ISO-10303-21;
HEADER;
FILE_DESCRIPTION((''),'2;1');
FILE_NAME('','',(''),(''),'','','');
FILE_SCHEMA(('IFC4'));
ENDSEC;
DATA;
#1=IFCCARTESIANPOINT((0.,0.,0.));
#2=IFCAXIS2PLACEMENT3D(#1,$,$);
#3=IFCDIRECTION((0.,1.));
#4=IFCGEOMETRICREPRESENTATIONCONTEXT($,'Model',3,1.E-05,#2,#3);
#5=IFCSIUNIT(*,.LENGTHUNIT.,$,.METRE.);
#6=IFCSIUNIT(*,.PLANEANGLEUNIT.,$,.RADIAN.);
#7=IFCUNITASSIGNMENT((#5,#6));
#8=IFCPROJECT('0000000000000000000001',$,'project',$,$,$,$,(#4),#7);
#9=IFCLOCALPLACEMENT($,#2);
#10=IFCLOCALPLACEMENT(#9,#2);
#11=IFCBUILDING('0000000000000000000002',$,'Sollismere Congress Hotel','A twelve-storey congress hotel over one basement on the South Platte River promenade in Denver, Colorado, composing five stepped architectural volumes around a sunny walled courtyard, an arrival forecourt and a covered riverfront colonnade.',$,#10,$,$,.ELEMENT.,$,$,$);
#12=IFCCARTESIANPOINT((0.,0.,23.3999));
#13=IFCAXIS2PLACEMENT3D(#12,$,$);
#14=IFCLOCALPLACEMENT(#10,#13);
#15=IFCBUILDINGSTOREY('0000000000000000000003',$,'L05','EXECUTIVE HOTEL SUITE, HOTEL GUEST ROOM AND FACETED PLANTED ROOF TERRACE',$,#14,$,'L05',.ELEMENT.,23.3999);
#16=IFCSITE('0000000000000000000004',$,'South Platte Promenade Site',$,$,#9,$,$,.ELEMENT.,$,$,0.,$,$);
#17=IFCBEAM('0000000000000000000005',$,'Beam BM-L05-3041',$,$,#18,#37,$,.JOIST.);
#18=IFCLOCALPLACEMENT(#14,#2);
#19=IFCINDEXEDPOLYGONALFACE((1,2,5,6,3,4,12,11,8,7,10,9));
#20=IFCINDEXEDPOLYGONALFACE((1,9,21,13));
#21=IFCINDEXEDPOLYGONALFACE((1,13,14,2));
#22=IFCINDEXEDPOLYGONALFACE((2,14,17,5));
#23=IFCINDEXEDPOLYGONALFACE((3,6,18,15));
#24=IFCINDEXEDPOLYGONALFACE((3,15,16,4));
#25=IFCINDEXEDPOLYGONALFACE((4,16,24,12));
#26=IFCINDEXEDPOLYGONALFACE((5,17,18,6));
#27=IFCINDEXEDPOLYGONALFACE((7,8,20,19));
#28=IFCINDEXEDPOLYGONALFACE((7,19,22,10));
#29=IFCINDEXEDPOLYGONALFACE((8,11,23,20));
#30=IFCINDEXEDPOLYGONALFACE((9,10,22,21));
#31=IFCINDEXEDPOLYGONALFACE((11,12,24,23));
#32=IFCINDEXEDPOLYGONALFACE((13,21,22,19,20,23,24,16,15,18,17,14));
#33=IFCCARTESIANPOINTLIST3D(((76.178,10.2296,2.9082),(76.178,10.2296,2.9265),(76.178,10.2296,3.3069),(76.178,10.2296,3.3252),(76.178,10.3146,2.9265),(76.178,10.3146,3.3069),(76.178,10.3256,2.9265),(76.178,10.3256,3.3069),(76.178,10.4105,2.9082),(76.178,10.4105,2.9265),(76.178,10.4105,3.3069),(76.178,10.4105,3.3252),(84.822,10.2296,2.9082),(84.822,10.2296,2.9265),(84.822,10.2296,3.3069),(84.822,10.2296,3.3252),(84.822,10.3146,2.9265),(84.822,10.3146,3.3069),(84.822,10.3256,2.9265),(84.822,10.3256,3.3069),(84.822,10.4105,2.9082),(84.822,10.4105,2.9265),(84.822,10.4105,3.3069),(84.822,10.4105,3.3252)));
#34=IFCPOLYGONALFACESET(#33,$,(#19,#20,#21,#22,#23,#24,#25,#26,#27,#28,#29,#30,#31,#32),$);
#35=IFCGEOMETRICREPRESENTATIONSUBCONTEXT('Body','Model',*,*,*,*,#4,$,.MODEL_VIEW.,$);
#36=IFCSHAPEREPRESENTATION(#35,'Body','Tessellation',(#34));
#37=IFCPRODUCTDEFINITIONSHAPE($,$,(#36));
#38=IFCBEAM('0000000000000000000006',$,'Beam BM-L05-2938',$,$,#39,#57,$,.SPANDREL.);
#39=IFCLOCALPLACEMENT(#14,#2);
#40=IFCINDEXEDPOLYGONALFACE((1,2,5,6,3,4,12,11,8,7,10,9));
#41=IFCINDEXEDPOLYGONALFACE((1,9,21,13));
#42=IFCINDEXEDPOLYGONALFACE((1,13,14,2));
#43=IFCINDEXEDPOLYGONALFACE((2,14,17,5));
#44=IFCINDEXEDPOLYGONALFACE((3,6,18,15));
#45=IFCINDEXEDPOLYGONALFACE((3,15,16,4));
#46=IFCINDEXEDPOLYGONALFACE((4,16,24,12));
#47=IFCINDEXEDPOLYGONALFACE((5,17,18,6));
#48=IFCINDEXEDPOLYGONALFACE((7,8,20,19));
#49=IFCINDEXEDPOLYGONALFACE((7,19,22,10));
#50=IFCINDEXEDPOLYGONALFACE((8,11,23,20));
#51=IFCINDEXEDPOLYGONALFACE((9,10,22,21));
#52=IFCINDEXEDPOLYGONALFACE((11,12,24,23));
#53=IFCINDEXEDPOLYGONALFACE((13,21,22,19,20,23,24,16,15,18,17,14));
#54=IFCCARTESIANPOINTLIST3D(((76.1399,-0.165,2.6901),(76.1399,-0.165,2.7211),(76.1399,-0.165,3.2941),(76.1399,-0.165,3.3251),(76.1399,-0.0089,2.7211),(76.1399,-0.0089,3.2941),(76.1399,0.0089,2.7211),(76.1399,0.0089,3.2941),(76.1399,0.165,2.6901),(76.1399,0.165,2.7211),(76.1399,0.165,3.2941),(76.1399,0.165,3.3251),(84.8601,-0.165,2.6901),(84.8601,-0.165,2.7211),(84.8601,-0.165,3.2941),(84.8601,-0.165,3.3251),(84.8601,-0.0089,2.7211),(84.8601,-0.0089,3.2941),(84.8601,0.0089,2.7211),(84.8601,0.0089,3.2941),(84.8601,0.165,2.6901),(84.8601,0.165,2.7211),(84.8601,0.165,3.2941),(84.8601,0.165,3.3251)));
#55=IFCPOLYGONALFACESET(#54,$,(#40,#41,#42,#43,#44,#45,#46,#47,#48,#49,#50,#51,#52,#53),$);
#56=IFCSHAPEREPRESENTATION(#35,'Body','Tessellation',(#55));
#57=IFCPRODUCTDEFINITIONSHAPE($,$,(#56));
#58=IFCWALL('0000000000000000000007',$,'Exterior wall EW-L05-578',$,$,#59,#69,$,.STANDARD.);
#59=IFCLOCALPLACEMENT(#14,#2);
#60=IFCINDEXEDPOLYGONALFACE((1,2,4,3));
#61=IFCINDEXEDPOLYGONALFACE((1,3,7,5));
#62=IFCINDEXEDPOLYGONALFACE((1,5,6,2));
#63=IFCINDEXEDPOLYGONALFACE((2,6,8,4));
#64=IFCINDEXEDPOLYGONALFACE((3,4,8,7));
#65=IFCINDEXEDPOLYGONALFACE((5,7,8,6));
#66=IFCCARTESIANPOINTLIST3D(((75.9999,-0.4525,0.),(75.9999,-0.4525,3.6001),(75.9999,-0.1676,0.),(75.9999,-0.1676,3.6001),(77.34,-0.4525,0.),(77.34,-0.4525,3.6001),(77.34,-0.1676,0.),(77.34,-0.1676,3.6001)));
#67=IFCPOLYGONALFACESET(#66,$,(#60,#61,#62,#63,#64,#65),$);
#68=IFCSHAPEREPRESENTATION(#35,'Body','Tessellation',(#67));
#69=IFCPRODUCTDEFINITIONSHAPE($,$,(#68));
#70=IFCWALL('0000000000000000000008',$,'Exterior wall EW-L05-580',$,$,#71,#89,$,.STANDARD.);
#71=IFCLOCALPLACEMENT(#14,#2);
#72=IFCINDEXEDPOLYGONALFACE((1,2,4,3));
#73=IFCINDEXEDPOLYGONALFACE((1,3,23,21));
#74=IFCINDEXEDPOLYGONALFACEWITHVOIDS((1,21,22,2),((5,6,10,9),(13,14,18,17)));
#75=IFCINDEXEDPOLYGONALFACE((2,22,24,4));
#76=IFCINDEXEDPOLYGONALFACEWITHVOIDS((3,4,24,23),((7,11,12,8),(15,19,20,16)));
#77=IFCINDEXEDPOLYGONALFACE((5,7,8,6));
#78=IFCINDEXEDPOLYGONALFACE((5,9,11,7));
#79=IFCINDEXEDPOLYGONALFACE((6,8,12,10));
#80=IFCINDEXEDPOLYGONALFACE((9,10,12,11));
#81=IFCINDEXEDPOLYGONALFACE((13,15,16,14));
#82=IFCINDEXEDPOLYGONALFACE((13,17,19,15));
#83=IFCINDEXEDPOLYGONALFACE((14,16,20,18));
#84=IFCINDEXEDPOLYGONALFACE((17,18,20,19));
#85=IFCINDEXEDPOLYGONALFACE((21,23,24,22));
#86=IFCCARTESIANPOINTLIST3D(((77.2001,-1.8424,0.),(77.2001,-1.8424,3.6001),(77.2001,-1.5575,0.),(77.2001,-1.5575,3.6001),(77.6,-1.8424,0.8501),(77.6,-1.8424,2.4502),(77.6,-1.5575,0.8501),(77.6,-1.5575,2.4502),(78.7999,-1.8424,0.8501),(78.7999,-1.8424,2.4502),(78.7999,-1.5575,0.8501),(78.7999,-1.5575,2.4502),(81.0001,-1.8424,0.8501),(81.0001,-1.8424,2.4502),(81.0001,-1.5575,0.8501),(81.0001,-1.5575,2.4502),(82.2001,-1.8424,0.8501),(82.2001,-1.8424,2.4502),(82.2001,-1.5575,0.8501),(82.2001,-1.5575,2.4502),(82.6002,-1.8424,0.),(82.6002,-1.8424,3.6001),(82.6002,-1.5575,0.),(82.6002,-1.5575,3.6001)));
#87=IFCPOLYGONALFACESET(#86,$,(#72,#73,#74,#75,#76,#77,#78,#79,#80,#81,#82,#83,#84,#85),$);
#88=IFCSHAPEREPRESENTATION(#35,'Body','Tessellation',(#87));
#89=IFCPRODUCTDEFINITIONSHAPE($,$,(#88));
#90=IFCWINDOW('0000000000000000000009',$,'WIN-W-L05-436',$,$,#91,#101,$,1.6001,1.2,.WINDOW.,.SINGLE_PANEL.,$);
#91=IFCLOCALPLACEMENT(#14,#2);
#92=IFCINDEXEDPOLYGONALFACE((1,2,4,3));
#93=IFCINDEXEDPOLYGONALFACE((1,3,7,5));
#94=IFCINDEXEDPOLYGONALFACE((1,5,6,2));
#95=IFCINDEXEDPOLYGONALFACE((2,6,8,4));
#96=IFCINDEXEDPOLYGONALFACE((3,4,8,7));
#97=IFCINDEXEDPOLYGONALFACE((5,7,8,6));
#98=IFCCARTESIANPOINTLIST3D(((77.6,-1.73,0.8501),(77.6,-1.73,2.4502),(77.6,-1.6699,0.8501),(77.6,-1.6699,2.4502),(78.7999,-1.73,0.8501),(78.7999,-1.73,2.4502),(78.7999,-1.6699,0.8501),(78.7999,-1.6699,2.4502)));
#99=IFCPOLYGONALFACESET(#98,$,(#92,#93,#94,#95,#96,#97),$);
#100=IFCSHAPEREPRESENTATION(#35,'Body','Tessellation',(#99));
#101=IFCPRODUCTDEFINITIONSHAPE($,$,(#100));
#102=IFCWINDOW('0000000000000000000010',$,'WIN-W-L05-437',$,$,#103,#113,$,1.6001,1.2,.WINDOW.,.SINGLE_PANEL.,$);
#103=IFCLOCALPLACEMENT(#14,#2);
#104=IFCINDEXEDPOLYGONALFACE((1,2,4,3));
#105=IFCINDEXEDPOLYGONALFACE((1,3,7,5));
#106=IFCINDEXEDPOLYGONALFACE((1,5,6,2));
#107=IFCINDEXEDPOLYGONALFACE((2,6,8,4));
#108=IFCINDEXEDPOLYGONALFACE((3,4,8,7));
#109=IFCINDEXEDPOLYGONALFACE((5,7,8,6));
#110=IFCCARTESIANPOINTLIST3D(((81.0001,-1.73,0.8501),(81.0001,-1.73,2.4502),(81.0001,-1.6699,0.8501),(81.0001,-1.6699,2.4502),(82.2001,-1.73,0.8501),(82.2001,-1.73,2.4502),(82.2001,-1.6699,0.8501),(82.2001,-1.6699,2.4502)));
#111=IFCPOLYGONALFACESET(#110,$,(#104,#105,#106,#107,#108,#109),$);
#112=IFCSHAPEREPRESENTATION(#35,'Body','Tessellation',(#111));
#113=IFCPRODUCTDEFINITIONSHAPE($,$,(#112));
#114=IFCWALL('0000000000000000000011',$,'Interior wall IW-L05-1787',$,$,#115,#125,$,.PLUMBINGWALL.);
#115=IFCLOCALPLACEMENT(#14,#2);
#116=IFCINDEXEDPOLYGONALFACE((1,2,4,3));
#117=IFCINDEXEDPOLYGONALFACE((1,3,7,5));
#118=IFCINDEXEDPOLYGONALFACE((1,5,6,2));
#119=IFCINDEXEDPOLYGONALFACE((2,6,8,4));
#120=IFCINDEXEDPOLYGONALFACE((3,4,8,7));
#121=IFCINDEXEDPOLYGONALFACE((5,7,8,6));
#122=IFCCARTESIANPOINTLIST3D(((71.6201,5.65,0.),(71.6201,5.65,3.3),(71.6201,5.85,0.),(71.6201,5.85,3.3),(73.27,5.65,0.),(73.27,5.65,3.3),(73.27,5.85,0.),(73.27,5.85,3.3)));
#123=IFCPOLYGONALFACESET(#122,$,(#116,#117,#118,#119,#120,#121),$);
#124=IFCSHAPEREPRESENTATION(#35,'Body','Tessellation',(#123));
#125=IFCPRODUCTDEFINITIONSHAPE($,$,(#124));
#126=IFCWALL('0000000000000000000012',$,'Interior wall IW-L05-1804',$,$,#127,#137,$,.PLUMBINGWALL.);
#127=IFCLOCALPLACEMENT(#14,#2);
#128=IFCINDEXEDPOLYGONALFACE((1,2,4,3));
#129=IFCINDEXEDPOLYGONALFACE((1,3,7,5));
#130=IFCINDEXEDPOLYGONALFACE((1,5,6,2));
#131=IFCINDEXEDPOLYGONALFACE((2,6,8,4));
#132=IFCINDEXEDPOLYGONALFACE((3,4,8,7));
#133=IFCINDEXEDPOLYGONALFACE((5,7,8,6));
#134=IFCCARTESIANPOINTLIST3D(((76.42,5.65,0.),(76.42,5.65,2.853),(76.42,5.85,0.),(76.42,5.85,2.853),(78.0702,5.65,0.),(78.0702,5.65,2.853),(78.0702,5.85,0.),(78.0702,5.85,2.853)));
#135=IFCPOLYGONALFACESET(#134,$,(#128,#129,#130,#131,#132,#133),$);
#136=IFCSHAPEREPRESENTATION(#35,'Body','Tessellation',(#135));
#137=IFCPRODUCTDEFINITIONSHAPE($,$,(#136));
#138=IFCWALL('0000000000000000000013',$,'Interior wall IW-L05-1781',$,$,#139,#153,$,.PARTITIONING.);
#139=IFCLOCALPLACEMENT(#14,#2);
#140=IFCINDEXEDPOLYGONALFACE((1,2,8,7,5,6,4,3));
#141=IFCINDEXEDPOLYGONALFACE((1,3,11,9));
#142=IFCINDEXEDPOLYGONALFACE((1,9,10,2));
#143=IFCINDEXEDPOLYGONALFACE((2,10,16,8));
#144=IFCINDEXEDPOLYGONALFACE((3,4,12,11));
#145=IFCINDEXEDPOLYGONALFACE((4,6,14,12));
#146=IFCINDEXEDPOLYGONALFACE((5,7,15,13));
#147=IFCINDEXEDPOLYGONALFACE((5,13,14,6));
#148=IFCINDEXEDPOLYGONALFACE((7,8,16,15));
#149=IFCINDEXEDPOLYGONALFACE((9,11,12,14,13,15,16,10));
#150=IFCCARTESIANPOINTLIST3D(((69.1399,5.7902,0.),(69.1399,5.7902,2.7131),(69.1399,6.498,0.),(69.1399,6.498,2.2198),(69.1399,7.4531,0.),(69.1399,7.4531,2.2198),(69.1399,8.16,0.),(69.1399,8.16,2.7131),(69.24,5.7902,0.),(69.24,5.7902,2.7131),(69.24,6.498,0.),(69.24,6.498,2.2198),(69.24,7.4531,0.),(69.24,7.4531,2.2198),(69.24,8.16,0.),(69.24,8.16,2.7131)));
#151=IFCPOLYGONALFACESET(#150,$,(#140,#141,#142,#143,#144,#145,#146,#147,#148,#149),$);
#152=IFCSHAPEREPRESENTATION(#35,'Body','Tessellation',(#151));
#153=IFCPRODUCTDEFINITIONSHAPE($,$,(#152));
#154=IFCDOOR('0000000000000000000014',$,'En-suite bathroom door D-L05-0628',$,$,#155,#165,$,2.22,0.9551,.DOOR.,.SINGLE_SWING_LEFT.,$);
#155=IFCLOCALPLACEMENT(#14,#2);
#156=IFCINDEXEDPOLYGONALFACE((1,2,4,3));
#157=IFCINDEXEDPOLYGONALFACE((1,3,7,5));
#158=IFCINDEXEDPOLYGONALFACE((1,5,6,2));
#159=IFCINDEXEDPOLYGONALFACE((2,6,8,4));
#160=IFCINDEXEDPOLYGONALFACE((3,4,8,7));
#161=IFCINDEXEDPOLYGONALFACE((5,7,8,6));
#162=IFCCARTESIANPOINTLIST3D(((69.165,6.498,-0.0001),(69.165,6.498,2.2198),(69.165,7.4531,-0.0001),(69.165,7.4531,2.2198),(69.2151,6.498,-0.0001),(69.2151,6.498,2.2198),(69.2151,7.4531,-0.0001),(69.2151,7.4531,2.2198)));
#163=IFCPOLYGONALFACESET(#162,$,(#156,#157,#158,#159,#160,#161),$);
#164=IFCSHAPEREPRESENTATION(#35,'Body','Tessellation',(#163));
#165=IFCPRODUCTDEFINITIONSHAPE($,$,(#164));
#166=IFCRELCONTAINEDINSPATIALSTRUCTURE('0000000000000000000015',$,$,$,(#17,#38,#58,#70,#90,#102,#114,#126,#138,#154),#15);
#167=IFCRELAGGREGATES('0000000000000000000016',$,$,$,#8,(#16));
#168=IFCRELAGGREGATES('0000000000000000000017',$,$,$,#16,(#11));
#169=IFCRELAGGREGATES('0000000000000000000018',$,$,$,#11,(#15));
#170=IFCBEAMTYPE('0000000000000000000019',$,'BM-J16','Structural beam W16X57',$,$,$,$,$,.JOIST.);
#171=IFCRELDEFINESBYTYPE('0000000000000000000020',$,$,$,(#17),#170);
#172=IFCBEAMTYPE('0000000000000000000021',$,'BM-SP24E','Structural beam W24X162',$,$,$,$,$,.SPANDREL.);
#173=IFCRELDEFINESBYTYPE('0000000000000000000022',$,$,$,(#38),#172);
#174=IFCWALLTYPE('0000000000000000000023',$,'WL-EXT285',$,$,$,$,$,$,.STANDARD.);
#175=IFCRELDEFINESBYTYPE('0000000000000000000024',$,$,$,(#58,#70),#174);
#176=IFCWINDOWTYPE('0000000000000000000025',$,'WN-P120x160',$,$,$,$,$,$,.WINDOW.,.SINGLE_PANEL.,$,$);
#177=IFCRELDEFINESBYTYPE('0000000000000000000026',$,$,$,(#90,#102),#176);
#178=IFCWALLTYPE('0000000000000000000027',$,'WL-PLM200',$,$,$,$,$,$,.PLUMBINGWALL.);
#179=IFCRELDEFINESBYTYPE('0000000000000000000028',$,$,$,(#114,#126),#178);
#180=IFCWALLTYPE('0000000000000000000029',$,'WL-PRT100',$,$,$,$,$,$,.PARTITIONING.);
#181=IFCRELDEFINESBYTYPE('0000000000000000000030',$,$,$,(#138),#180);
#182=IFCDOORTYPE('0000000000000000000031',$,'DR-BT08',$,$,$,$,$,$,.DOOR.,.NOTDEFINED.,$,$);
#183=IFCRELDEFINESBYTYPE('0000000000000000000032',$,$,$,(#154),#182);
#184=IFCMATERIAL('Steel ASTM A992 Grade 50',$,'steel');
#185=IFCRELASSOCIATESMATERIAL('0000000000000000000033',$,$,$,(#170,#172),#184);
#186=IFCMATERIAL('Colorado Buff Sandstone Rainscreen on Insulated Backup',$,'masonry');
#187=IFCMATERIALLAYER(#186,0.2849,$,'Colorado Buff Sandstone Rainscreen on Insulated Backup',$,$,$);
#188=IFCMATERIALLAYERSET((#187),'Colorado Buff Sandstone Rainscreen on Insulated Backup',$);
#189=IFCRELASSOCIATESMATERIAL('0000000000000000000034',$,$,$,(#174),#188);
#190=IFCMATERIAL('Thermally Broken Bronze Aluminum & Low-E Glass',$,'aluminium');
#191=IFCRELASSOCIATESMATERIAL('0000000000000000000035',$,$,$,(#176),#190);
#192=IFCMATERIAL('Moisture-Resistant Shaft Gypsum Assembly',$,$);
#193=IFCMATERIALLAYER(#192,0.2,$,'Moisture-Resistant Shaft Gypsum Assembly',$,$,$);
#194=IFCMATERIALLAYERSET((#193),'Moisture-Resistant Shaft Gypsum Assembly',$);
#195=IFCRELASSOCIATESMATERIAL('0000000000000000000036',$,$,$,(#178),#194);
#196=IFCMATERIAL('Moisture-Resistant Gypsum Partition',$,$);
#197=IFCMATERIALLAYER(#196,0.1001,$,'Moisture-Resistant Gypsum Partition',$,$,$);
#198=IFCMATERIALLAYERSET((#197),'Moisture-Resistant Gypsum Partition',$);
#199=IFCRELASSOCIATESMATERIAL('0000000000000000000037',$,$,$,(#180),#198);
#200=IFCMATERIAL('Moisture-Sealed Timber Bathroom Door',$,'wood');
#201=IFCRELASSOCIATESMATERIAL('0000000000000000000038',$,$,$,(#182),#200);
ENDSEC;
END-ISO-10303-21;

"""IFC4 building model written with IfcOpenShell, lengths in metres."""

from ifc_helpers import new_model, si_unit, direction, frame, frame_2d, origin, origin_2d, place, context, subcontext, project, spatial, rectangle, i_section, extrude, material, layer, layer_set, material_profile, profile_set, type_object, element, fill, save


model = new_model("IFC4")

# Units and contexts
model_context = context("Model", 3, precision=1e-05, world=origin(), true_north=direction((0.0, 1.0)))
body_context = subcontext(model_context, "Body", "Model", "MODEL_VIEW")
ifc_project = project(units=[si_unit("LENGTHUNIT", "METRE"), si_unit("PLANEANGLEUNIT", "RADIAN")], contexts=[model_context])

# Site, building, storey
site_placement = place(None, origin())
site = spatial("IfcSite", under=ifc_project, at=site_placement, Name="South Platte Promenade Site", CompositionType="ELEMENT", RefElevation=0.0)
building_placement = place(site_placement, origin())
building = spatial("IfcBuilding", under=site, at=building_placement, Name="Sollismere Congress Hotel", Description="A twelve-storey congress hotel over one basement on the South Platte River promenade in Denver, Colorado, composing five stepped architectural volumes around a sunny walled courtyard, an arrival forecourt and a covered riverfront colonnade.", CompositionType="ELEMENT")
storey_placement = place(building_placement, frame((0.0, 0.0, 23.3999)))
storey = spatial("IfcBuildingStorey", under=building, at=storey_placement, Name="L05", Description="EXECUTIVE HOTEL SUITE, HOTEL GUEST ROOM AND FACETED PLANTED ROOF TERRACE", LongName="L05", CompositionType="ELEMENT", Elevation=23.3999)

# Shared definitions
ifc_material_1 = material(Name="Steel ASTM A992 Grade 50", Category="steel")

# Beams
ifc_material_profile_1 = material_profile(ifc_material_1, i_section(OverallWidth=0.1809, OverallDepth=0.417, WebThickness=0.011, FlangeThickness=0.0183, at=origin_2d()), Name="W16X57")
ifc_profile_set_1 = profile_set([ifc_material_profile_1], Name="Steel ASTM A992 Grade 50")
beam_type_1 = type_object("IfcBeamType", Name="BM-J16", Description="Structural beam W16X57", PredefinedType="JOIST", material=ifc_profile_set_1)
beam_1_placement = place(storey_placement, frame((76.178, 10.3201, 3.1167), z_axis=(1.0, 0.0, 0.0), x_axis=(0.0, 1.0, 0.0)))
element("IfcBeam", 1, at=beam_1_placement, inside=storey, type_object=beam_type_1, Name="Beam BM-L05-3041", PredefinedType="JOIST", context=body_context, shape_type="SweptSolid", body=[
    extrude(i_section(OverallWidth=0.1809, OverallDepth=0.417, WebThickness=0.011, FlangeThickness=0.0183, at=origin_2d()), origin(), (0.0, 0.0, 1.0), 8.644),
])
ifc_material_profile_2 = material_profile(ifc_material_1, i_section(OverallWidth=0.3301, OverallDepth=0.635, WebThickness=0.0178, FlangeThickness=0.031, at=origin_2d()), Name="W24X162")
ifc_profile_set_2 = profile_set([ifc_material_profile_2], Name="Steel ASTM A992 Grade 50")
beam_type_2 = type_object("IfcBeamType", Name="BM-SP24E", Description="Structural beam W24X162", PredefinedType="SPANDREL", material=ifc_profile_set_2)
beam_2_placement = place(storey_placement, frame((76.1399, 0.0, 3.0076), z_axis=(1.0, 0.0, 0.0), x_axis=(0.0, 1.0, 0.0)))
element("IfcBeam", 2, at=beam_2_placement, inside=storey, type_object=beam_type_2, Name="Beam BM-L05-2938", PredefinedType="SPANDREL", context=body_context, shape_type="SweptSolid", body=[
    extrude(i_section(OverallWidth=0.3301, OverallDepth=0.635, WebThickness=0.0178, FlangeThickness=0.031, at=origin_2d()), origin(), (0.0, 0.0, 1.0), 8.7202),
])

# Wall
ifc_material_2 = material(Name="Colorado Buff Sandstone Rainscreen on Insulated Backup", Category="masonry")
ifc_layer_1 = layer(ifc_material_2, 0.2849, Name="Colorado Buff Sandstone Rainscreen on Insulated Backup")
ifc_layer_set_1 = layer_set([ifc_layer_1], Name="Colorado Buff Sandstone Rainscreen on Insulated Backup")
wall_type_1 = type_object("IfcWallType", Name="WL-EXT285", PredefinedType="STANDARD", material=ifc_layer_set_1)
wall_1_placement = place(storey_placement, frame((76.0, -0.3101, 0.0), z_axis=(0.0, 0.0, 1.0), x_axis=(1.0, 0.0, 0.0)))
element("IfcWall", 3, at=wall_1_placement, inside=storey, type_object=wall_type_1, Name="Exterior wall EW-L05-578", PredefinedType="STANDARD", context=body_context, shape_type="SweptSolid", body=[
    extrude(rectangle(XDim=1.3401, YDim=0.2849, at=frame_2d((0.6699, 0.0))), origin(), (0.0, 0.0, 1.0), 3.6001),
])

# Wall, openings, windows
wall_2_placement = place(storey_placement, frame((77.2, -1.7, 0.0), z_axis=(0.0, 0.0, 1.0), x_axis=(1.0, 0.0, 0.0)))
wall_2 = element("IfcWall", 4, at=wall_2_placement, inside=storey, type_object=wall_type_1, Name="Exterior wall EW-L05-580", PredefinedType="STANDARD", context=body_context, shape_type="SweptSolid", body=[
    extrude(rectangle(XDim=5.4001, YDim=0.2849, at=frame_2d((2.7002, 0.0))), origin(), (0.0, 0.0, 1.0), 3.6001),
])
opening_1_placement = place(wall_2_placement, frame((0.3999, 0.0, 0.8501)))
opening_1 = element("IfcOpeningElement", 5, at=opening_1_placement, cuts=wall_2, PredefinedType="OPENING", context=body_context, shape_type="SweptSolid", body=[
    extrude(rectangle(XDim=1.2, YDim=1.6001, at=frame_2d((0.6001, 0.8))), frame((0.0, 0.1523, 0.0), z_axis=(0.0, -1.0, 0.0), x_axis=(1.0, 0.0, 0.0)), (0.0, 0.0, 1.0), 0.3049),
])
opening_2_placement = place(wall_2_placement, frame((3.8, 0.0, 0.8501)))
opening_2 = element("IfcOpeningElement", 6, at=opening_2_placement, cuts=wall_2, PredefinedType="OPENING", context=body_context, shape_type="SweptSolid", body=[
    extrude(rectangle(XDim=1.2, YDim=1.6001, at=frame_2d((0.6001, 0.8))), frame((0.0, 0.1523, 0.0), z_axis=(0.0, -1.0, 0.0), x_axis=(1.0, 0.0, 0.0)), (0.0, 0.0, 1.0), 0.3049),
])
ifc_material_3 = material(Name="Thermally Broken Bronze Aluminum & Low-E Glass", Category="aluminium")
window_type = type_object("IfcWindowType", Name="WN-P120x160", PartitioningType="SINGLE_PANEL", PredefinedType="WINDOW", material=ifc_material_3)
window_1_placement = place(opening_1_placement, origin())
window_1 = element("IfcWindow", 7, at=window_1_placement, inside=storey, type_object=window_type, Name="WIN-W-L05-436", OverallHeight=1.6001, OverallWidth=1.2, PartitioningType="SINGLE_PANEL", PredefinedType="WINDOW", context=body_context, shape_type="SweptSolid", body=[
    extrude(rectangle(XDim=1.2, YDim=1.6001, at=frame_2d((0.6001, 0.8))), frame((0.0, 0.03, 0.0), z_axis=(0.0, -1.0, 0.0), x_axis=(1.0, 0.0, 0.0)), (0.0, 0.0, 1.0), 0.0601),
])
fill(opening_1, window_1)
window_2_placement = place(opening_2_placement, origin())
window_2 = element("IfcWindow", 8, at=window_2_placement, inside=storey, type_object=window_type, Name="WIN-W-L05-437", OverallHeight=1.6001, OverallWidth=1.2, PartitioningType="SINGLE_PANEL", PredefinedType="WINDOW", context=body_context, shape_type="SweptSolid", body=[
    extrude(rectangle(XDim=1.2, YDim=1.6001, at=frame_2d((0.6001, 0.8))), frame((0.0, 0.03, 0.0), z_axis=(0.0, -1.0, 0.0), x_axis=(1.0, 0.0, 0.0)), (0.0, 0.0, 1.0), 0.0601),
])
fill(opening_2, window_2)

# Walls
ifc_material_4 = material(Name="Moisture-Resistant Shaft Gypsum Assembly")
ifc_layer_2 = layer(ifc_material_4, 0.2, Name="Moisture-Resistant Shaft Gypsum Assembly")
ifc_layer_set_2 = layer_set([ifc_layer_2], Name="Moisture-Resistant Shaft Gypsum Assembly")
wall_type_2 = type_object("IfcWallType", Name="WL-PLM200", PredefinedType="PLUMBINGWALL", material=ifc_layer_set_2)
wall_3_placement = place(storey_placement, frame((71.6201, 5.75, 0.0), z_axis=(0.0, 0.0, 1.0), x_axis=(1.0, 0.0, 0.0)))
element("IfcWall", 9, at=wall_3_placement, inside=storey, type_object=wall_type_2, Name="Interior wall IW-L05-1787", PredefinedType="PLUMBINGWALL", context=body_context, shape_type="SweptSolid", body=[
    extrude(rectangle(XDim=1.6499, YDim=0.2, at=frame_2d((0.825, 0.0))), origin(), (0.0, 0.0, 1.0), 3.3),
])
wall_4_placement = place(storey_placement, frame((76.4199, 5.75, 0.0), z_axis=(0.0, 0.0, 1.0), x_axis=(1.0, 0.0, 0.0)))
element("IfcWall", 10, at=wall_4_placement, inside=storey, type_object=wall_type_2, Name="Interior wall IW-L05-1804", PredefinedType="PLUMBINGWALL", context=body_context, shape_type="SweptSolid", body=[
    extrude(rectangle(XDim=1.6501, YDim=0.2, at=frame_2d((0.8252, 0.0))), origin(), (0.0, 0.0, 1.0), 2.853),
])

# Wall, opening, door
ifc_material_5 = material(Name="Moisture-Resistant Gypsum Partition")
ifc_layer_3 = layer(ifc_material_5, 0.1001, Name="Moisture-Resistant Gypsum Partition")
ifc_layer_set_3 = layer_set([ifc_layer_3], Name="Moisture-Resistant Gypsum Partition")
wall_type_3 = type_object("IfcWallType", Name="WL-PRT100", PredefinedType="PARTITIONING", material=ifc_layer_set_3)
wall_5_placement = place(storey_placement, frame((69.1899, 5.79, 0.0), z_axis=(0.0, 0.0, 1.0), x_axis=(0.0, 1.0, 0.0)))
wall_5 = element("IfcWall", 11, at=wall_5_placement, inside=storey, type_object=wall_type_3, Name="Interior wall IW-L05-1781", PredefinedType="PARTITIONING", context=body_context, shape_type="SweptSolid", body=[
    extrude(rectangle(XDim=2.3699, YDim=0.1001, at=frame_2d((1.1851, 0.0))), origin(), (0.0, 0.0, 1.0), 2.7131),
])
opening_3_placement = place(wall_5_placement, frame((0.708, 0.0, 0.0)))
opening_3 = element("IfcOpeningElement", 12, at=opening_3_placement, cuts=wall_5, PredefinedType="OPENING", context=body_context, shape_type="SweptSolid", body=[
    extrude(rectangle(XDim=0.9551, YDim=2.22, at=frame_2d((0.4775, 1.1099))), frame((0.0, 0.0601, 0.0), z_axis=(0.0, -1.0, 0.0), x_axis=(1.0, 0.0, 0.0)), (0.0, 0.0, 1.0), 0.1201),
])
ifc_material_6 = material(Name="Moisture-Sealed Timber Bathroom Door", Category="wood")
door_type_1 = type_object("IfcDoorType", Name="DR-BT08", OperationType="NOTDEFINED", PredefinedType="DOOR", material=ifc_material_6)
door_1_placement = place(opening_3_placement, origin())
door_1 = element("IfcDoor", 13, at=door_1_placement, inside=storey, type_object=door_type_1, Name="En-suite bathroom door D-L05-0628", OperationType="SINGLE_SWING_LEFT", OverallHeight=2.22, OverallWidth=0.9551, PredefinedType="DOOR", context=body_context, shape_type="SweptSolid", body=[
    extrude(rectangle(XDim=0.9551, YDim=2.22, at=frame_2d((0.4775, 1.1099))), frame((0.0, 0.0249, 0.0), z_axis=(0.0, -1.0, 0.0), x_axis=(1.0, 0.0, 0.0)), (0.0, 0.0, 1.0), 0.05),
])
fill(opening_3, door_1)

save(model, "model.ifc")
